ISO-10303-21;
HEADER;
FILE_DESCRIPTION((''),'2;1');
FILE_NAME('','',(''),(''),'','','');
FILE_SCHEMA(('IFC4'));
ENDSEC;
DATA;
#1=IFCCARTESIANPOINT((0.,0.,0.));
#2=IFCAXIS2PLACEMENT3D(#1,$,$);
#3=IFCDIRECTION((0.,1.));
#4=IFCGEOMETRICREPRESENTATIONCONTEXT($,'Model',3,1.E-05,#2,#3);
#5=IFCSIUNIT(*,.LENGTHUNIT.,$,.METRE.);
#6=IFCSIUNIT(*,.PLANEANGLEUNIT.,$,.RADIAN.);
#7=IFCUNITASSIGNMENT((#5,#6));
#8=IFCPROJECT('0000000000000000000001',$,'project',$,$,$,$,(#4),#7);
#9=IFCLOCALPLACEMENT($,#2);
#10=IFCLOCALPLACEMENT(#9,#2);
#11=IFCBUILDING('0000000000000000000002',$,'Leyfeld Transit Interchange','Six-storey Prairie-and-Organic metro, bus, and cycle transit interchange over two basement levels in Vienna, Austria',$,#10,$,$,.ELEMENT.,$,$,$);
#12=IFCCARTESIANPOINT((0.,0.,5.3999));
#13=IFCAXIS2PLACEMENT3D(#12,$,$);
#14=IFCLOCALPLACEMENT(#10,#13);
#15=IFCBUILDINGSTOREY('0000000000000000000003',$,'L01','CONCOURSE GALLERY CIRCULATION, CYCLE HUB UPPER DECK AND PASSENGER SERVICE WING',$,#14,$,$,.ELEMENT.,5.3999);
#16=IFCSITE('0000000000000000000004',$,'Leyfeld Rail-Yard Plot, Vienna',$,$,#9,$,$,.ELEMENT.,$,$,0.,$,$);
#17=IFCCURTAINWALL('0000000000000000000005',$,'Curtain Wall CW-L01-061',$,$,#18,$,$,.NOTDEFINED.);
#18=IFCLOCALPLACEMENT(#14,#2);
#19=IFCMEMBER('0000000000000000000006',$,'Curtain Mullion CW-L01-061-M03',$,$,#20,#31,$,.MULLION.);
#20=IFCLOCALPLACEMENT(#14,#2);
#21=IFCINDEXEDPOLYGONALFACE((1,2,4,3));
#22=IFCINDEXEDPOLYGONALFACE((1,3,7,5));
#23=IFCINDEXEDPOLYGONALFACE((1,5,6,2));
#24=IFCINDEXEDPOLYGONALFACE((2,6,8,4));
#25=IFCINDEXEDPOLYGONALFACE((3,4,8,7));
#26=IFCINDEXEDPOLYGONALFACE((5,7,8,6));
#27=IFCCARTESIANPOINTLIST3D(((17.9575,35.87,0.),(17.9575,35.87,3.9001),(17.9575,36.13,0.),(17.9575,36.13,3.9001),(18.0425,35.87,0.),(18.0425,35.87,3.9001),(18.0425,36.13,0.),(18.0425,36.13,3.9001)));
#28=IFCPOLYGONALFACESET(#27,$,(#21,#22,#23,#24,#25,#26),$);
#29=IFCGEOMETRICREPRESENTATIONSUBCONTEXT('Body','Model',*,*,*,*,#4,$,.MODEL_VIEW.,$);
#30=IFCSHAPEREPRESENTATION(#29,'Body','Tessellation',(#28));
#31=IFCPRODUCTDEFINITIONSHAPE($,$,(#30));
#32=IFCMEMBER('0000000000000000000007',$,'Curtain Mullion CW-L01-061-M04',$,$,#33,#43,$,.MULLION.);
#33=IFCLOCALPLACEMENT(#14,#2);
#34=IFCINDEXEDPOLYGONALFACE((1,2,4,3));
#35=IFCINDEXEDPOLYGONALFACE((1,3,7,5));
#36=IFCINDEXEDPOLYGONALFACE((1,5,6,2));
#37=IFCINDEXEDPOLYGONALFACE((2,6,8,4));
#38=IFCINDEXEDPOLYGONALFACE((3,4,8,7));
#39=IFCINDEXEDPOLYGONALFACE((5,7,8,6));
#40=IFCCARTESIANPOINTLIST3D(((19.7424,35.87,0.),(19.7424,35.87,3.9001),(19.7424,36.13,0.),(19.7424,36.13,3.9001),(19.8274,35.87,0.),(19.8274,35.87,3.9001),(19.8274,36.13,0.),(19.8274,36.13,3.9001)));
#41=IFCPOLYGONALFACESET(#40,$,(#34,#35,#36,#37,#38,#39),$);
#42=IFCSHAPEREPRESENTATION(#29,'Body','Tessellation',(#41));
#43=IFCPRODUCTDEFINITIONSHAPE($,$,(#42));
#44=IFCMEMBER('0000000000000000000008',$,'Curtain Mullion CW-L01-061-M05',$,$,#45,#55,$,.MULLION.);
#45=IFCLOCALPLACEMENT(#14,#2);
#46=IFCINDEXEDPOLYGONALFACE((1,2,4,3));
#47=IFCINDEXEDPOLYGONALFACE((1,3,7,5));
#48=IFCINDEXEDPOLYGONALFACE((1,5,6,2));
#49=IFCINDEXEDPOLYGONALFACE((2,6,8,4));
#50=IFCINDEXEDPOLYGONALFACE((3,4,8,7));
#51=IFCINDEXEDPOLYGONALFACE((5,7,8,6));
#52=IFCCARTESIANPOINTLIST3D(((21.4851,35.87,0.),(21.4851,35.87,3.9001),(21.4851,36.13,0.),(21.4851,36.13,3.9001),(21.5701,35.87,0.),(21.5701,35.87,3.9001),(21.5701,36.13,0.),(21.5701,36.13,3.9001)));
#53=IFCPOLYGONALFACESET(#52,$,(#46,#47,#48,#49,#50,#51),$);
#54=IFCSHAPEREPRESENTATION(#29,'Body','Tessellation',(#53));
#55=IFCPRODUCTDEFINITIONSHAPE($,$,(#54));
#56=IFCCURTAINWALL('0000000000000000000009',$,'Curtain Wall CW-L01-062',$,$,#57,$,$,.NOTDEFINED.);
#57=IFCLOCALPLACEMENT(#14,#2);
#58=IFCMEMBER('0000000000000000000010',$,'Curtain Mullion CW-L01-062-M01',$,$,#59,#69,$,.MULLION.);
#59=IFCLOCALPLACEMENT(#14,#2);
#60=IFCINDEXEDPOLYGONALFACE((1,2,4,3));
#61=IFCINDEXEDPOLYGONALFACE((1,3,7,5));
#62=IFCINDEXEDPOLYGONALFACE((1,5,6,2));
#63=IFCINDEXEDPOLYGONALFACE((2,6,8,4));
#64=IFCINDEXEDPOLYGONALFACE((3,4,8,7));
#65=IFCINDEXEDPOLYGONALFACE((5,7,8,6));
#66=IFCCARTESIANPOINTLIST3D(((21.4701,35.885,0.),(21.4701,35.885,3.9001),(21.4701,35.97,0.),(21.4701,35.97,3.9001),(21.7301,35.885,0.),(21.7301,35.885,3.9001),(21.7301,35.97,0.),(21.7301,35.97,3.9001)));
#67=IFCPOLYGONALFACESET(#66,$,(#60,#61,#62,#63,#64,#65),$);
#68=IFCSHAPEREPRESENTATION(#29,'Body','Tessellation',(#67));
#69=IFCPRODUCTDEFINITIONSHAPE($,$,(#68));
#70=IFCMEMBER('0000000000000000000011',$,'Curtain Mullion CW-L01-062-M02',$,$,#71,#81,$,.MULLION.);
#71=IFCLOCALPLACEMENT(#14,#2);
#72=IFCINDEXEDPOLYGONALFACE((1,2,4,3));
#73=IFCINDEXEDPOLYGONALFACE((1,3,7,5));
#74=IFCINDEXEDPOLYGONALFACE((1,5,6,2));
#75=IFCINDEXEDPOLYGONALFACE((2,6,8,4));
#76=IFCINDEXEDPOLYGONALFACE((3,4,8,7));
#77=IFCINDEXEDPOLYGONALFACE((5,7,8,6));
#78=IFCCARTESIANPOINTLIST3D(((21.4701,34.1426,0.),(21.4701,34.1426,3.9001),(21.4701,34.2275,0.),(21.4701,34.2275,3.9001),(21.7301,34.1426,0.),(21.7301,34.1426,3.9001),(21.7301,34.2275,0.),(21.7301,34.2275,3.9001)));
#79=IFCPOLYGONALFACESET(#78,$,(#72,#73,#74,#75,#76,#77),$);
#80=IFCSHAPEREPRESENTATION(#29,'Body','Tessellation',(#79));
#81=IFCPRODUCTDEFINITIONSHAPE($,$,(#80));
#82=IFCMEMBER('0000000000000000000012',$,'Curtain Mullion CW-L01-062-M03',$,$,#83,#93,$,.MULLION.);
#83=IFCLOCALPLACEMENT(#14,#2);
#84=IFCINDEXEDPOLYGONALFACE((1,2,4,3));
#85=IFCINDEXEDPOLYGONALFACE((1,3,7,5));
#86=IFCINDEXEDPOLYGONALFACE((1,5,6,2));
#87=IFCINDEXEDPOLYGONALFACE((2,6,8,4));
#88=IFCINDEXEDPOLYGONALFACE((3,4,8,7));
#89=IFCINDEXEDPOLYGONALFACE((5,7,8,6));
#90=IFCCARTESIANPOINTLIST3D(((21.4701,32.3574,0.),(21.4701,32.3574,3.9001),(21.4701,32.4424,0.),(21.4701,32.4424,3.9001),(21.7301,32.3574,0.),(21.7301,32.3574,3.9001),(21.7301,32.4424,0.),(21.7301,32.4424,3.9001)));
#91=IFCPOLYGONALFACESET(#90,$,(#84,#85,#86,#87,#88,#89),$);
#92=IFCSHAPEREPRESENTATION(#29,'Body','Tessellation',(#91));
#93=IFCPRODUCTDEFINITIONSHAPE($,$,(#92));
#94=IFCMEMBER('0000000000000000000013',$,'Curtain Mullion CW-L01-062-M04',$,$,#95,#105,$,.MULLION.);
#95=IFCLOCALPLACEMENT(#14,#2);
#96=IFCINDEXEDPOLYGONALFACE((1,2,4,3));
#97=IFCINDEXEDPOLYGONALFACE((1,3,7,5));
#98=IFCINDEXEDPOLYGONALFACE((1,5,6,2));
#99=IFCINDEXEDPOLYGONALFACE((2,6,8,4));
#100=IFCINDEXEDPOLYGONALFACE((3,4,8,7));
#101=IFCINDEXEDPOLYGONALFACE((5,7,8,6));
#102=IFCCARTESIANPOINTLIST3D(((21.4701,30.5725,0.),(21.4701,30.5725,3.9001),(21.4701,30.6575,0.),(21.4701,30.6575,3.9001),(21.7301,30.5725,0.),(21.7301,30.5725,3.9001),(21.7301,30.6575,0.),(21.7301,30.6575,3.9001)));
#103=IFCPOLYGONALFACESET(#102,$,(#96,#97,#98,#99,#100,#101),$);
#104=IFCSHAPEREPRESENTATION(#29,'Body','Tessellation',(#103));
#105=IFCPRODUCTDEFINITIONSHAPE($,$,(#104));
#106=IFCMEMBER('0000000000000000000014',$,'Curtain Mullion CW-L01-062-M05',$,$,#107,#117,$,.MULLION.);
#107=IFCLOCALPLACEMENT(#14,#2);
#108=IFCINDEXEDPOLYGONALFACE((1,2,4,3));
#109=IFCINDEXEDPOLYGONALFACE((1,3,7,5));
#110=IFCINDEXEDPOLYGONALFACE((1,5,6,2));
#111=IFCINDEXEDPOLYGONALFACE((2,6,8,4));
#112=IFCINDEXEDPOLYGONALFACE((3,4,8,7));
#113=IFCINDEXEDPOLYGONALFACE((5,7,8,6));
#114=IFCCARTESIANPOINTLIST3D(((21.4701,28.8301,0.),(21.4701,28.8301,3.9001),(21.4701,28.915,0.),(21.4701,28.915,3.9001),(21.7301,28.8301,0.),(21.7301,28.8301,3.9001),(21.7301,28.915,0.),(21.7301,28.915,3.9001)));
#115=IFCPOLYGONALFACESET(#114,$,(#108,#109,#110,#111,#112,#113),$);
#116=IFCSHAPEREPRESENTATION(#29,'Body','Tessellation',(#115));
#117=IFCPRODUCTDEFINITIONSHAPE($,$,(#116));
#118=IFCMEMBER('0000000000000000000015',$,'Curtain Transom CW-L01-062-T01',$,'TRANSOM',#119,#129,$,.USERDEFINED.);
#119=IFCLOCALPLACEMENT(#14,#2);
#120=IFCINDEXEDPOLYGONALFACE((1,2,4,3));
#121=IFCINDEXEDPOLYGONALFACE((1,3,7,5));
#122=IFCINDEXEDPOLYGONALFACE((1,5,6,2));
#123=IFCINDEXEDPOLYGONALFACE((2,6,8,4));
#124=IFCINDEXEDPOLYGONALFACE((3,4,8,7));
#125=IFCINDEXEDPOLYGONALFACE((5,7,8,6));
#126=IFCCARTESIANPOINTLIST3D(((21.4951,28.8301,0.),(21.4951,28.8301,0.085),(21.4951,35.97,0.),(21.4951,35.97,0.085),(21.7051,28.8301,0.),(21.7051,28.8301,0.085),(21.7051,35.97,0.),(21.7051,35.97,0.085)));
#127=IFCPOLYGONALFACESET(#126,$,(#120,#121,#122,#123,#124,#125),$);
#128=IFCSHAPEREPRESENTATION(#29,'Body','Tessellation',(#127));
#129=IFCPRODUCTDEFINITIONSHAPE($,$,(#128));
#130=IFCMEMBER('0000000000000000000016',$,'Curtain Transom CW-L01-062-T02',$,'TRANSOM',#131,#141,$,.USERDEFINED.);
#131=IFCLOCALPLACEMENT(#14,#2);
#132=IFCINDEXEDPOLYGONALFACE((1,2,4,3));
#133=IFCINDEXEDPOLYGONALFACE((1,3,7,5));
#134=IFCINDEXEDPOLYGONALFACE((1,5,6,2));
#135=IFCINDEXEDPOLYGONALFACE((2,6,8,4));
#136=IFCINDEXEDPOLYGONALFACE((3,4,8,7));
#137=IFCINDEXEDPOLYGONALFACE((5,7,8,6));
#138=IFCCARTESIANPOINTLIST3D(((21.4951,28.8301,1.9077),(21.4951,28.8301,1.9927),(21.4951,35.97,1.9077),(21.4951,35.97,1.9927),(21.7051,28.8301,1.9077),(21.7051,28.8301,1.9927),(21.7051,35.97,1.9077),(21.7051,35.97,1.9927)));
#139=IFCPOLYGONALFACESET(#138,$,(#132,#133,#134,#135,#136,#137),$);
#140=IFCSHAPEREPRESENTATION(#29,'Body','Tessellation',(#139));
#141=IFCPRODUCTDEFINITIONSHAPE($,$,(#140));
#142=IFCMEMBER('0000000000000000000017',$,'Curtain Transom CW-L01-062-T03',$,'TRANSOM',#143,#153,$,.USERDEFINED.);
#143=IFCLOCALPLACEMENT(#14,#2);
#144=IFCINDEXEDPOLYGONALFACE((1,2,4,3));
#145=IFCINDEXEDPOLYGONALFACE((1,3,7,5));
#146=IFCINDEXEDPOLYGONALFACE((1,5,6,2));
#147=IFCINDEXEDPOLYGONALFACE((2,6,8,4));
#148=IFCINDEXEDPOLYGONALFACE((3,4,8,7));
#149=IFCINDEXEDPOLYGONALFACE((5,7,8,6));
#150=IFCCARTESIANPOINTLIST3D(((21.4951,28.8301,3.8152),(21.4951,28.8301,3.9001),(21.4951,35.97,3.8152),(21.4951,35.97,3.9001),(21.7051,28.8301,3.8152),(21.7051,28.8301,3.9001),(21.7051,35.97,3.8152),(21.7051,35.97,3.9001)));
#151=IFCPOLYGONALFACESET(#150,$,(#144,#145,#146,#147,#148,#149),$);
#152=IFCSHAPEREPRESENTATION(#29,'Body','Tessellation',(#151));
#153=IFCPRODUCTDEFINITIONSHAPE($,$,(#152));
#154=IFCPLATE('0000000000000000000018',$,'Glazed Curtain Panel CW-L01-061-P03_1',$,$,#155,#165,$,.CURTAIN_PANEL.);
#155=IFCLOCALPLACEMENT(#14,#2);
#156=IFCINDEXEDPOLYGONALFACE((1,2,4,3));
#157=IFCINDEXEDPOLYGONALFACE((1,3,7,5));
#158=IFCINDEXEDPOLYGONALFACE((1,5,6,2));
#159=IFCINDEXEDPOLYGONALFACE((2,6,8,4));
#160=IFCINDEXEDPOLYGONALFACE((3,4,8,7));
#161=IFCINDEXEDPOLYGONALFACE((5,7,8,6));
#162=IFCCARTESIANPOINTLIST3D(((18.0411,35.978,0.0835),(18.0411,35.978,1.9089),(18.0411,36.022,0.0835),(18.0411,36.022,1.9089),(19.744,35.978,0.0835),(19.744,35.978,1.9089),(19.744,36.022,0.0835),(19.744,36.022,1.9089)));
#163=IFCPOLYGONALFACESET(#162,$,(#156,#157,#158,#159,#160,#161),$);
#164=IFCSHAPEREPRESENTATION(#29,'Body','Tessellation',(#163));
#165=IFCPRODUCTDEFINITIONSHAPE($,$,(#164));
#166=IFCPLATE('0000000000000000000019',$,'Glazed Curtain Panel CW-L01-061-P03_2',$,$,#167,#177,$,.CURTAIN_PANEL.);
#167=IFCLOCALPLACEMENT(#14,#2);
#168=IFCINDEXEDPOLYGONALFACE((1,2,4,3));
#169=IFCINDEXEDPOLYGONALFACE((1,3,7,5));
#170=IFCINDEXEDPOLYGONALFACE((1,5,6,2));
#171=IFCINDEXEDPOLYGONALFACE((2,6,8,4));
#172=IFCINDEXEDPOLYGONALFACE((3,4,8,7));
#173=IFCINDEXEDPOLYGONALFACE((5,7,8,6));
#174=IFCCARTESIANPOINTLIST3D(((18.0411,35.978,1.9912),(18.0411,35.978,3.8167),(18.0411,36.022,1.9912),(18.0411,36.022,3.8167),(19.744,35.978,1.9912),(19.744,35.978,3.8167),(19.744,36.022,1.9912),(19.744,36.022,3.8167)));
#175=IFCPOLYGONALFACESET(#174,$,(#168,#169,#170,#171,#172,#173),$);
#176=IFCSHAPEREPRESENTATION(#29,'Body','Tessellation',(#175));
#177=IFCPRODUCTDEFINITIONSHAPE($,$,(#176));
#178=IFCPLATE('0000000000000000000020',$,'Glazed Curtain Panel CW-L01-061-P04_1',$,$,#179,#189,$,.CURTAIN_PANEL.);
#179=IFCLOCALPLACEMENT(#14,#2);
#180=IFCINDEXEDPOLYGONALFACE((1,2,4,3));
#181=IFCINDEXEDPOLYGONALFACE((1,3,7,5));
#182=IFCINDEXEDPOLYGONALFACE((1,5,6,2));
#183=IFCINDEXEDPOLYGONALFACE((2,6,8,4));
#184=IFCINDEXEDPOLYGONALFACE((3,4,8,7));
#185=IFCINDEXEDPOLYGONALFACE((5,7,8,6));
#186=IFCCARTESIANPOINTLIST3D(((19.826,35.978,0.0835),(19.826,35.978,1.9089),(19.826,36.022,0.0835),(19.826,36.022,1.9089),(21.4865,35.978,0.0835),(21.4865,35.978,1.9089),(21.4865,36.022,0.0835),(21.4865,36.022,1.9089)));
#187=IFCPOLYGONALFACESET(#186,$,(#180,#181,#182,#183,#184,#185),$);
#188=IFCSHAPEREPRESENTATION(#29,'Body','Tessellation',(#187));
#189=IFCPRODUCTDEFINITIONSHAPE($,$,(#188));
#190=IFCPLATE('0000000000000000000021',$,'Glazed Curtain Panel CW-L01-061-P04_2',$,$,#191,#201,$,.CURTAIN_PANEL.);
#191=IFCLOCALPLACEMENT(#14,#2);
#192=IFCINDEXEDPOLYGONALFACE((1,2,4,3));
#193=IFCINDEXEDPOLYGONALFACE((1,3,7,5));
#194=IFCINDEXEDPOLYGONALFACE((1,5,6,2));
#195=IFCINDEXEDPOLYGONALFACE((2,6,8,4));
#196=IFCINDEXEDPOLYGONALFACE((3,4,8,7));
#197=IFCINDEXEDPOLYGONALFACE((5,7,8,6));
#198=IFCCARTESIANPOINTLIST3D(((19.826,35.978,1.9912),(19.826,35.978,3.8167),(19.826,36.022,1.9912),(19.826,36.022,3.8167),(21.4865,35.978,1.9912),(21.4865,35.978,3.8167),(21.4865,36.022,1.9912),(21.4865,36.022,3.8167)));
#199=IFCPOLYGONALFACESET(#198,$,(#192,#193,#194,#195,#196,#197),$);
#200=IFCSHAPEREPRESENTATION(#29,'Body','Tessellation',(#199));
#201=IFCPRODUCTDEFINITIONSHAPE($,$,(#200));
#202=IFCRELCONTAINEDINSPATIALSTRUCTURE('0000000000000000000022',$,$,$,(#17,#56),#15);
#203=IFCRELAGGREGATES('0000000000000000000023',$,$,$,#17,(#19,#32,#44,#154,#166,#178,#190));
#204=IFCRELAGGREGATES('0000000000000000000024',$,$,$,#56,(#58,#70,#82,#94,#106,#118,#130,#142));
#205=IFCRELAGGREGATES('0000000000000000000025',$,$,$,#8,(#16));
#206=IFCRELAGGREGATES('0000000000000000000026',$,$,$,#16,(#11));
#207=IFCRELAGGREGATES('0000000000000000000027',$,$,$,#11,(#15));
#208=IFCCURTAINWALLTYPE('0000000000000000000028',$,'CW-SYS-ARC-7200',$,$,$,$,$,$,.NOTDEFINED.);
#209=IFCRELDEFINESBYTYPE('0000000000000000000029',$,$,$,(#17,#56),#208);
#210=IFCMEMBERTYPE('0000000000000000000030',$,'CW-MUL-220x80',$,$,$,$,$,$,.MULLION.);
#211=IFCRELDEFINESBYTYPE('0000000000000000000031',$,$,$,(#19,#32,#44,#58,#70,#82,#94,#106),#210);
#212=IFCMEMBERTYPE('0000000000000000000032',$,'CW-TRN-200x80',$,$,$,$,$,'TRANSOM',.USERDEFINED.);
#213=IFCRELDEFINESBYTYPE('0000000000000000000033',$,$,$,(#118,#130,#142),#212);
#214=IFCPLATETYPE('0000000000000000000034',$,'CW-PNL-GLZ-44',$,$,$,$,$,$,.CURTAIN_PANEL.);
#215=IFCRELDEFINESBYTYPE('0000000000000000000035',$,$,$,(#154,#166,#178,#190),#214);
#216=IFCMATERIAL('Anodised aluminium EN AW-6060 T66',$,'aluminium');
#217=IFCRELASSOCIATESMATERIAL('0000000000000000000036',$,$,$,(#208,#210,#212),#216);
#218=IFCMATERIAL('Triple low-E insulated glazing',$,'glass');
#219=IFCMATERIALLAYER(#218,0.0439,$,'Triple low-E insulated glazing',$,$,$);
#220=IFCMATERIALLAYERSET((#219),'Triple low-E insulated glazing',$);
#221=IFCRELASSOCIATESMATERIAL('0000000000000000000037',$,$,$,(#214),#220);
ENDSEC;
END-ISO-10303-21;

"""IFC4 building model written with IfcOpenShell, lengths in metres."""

from ifc_helpers import new_model, si_unit, direction, frame, origin, origin_2d, place, context, subcontext, project, spatial, rectangle, extrude, material, layer, layer_set, material_profile, profile_set, type_object, element, aggregate, save


model = new_model("IFC4")

# Units and contexts
model_context = context("Model", 3, precision=1e-05, world=origin(), true_north=direction((0.0, 1.0)))
body_context = subcontext(model_context, "Body", "Model", "MODEL_VIEW")
ifc_project = project(units=[si_unit("LENGTHUNIT", "METRE"), si_unit("PLANEANGLEUNIT", "RADIAN")], contexts=[model_context])

# Site, building, storey
site_placement = place(None, origin())
site = spatial("IfcSite", under=ifc_project, at=site_placement, Name="Leyfeld Rail-Yard Plot, Vienna", CompositionType="ELEMENT", RefElevation=0.0)
building_placement = place(site_placement, origin())
building = spatial("IfcBuilding", under=site, at=building_placement, Name="Leyfeld Transit Interchange", Description="Six-storey Prairie-and-Organic metro, bus, and cycle transit interchange over two basement levels in Vienna, Austria", CompositionType="ELEMENT")
storey_placement = place(building_placement, frame((0.0, 0.0, 5.3999)))
storey = spatial("IfcBuildingStorey", under=building, at=storey_placement, Name="L01", Description="CONCOURSE GALLERY CIRCULATION, CYCLE HUB UPPER DECK AND PASSENGER SERVICE WING", CompositionType="ELEMENT", Elevation=5.3999)

# Curtain walls, members
ifc_material_1 = material(Name="Anodised aluminium EN AW-6060 T66", Category="aluminium")
curtain_wall_type = type_object("IfcCurtainWallType", Name="CW-SYS-ARC-7200", PredefinedType="NOTDEFINED", material=ifc_material_1)
curtain_wall_1_placement = place(storey_placement, origin())
curtain_wall_1 = element("IfcCurtainWall", 1, at=curtain_wall_1_placement, inside=storey, type_object=curtain_wall_type, Name="Curtain Wall CW-L01-061", PredefinedType="NOTDEFINED")
ifc_material_profile_1 = material_profile(ifc_material_1, rectangle(XDim=0.085, YDim=0.26, at=origin_2d()), Name="CW-M 85x260")
ifc_profile_set_1 = profile_set([ifc_material_profile_1], Name="Anodised aluminium EN AW-6060 T66")
member_type_1 = type_object("IfcMemberType", Name="CW-MUL-220x80", PredefinedType="MULLION", material=ifc_profile_set_1)
member_1_placement = place(storey_placement, frame((18.0, 36.0, 0.0), z_axis=(0.0, 0.0, 1.0), x_axis=(1.0, 0.0, 0.0)))
member_1 = element("IfcMember", 2, at=member_1_placement, type_object=member_type_1, Name="Curtain Mullion CW-L01-061-M03", PredefinedType="MULLION", context=body_context, shape_type="SweptSolid", body=[
    extrude(rectangle(XDim=0.085, YDim=0.26, at=origin_2d()), origin(), (0.0, 0.0, 1.0), 3.9001),
])
member_2_placement = place(storey_placement, frame((19.7849, 36.0, 0.0), z_axis=(0.0, 0.0, 1.0), x_axis=(1.0, 0.0, 0.0)))
member_2 = element("IfcMember", 3, at=member_2_placement, type_object=member_type_1, Name="Curtain Mullion CW-L01-061-M04", PredefinedType="MULLION", context=body_context, shape_type="SweptSolid", body=[
    extrude(rectangle(XDim=0.085, YDim=0.26, at=origin_2d()), origin(), (0.0, 0.0, 1.0), 3.9001),
])
member_3_placement = place(storey_placement, frame((21.5276, 36.0, 0.0), z_axis=(0.0, 0.0, 1.0), x_axis=(1.0, 0.0, 0.0)))
member_3 = element("IfcMember", 4, at=member_3_placement, type_object=member_type_1, Name="Curtain Mullion CW-L01-061-M05", PredefinedType="MULLION", context=body_context, shape_type="SweptSolid", body=[
    extrude(rectangle(XDim=0.085, YDim=0.26, at=origin_2d()), origin(), (0.0, 0.0, 1.0), 3.9001),
])
curtain_wall_2_placement = place(storey_placement, origin())
curtain_wall_2 = element("IfcCurtainWall", 5, at=curtain_wall_2_placement, inside=storey, type_object=curtain_wall_type, Name="Curtain Wall CW-L01-062", PredefinedType="NOTDEFINED")
member_4_placement = place(storey_placement, frame((21.6001, 35.9275, 0.0), z_axis=(0.0, 0.0, 1.0), x_axis=(0.0, -1.0, 0.0)))
member_4 = element("IfcMember", 6, at=member_4_placement, type_object=member_type_1, Name="Curtain Mullion CW-L01-062-M01", PredefinedType="MULLION", context=body_context, shape_type="SweptSolid", body=[
    extrude(rectangle(XDim=0.085, YDim=0.26, at=origin_2d()), origin(), (0.0, 0.0, 1.0), 3.9001),
])
member_5_placement = place(storey_placement, frame((21.6001, 34.1851, 0.0), z_axis=(0.0, 0.0, 1.0), x_axis=(0.0, -1.0, 0.0)))
member_5 = element("IfcMember", 7, at=member_5_placement, type_object=member_type_1, Name="Curtain Mullion CW-L01-062-M02", PredefinedType="MULLION", context=body_context, shape_type="SweptSolid", body=[
    extrude(rectangle(XDim=0.085, YDim=0.26, at=origin_2d()), origin(), (0.0, 0.0, 1.0), 3.9001),
])
member_6_placement = place(storey_placement, frame((21.6001, 32.3999, 0.0), z_axis=(0.0, 0.0, 1.0), x_axis=(0.0, -1.0, 0.0)))
member_6 = element("IfcMember", 8, at=member_6_placement, type_object=member_type_1, Name="Curtain Mullion CW-L01-062-M03", PredefinedType="MULLION", context=body_context, shape_type="SweptSolid", body=[
    extrude(rectangle(XDim=0.085, YDim=0.26, at=origin_2d()), origin(), (0.0, 0.0, 1.0), 3.9001),
])
member_7_placement = place(storey_placement, frame((21.6001, 30.615, 0.0), z_axis=(0.0, 0.0, 1.0), x_axis=(0.0, -1.0, 0.0)))
member_7 = element("IfcMember", 9, at=member_7_placement, type_object=member_type_1, Name="Curtain Mullion CW-L01-062-M04", PredefinedType="MULLION", context=body_context, shape_type="SweptSolid", body=[
    extrude(rectangle(XDim=0.085, YDim=0.26, at=origin_2d()), origin(), (0.0, 0.0, 1.0), 3.9001),
])
member_8_placement = place(storey_placement, frame((21.6001, 28.8726, 0.0), z_axis=(0.0, 0.0, 1.0), x_axis=(0.0, -1.0, 0.0)))
member_8 = element("IfcMember", 10, at=member_8_placement, type_object=member_type_1, Name="Curtain Mullion CW-L01-062-M05", PredefinedType="MULLION", context=body_context, shape_type="SweptSolid", body=[
    extrude(rectangle(XDim=0.085, YDim=0.26, at=origin_2d()), origin(), (0.0, 0.0, 1.0), 3.9001),
])
ifc_material_profile_2 = material_profile(ifc_material_1, rectangle(XDim=0.21, YDim=0.085, at=origin_2d()), Name="CW-TRN-200x80")
ifc_profile_set_2 = profile_set([ifc_material_profile_2], Name="Anodised aluminium EN AW-6060 T66")
member_type_2 = type_object("IfcMemberType", Name="CW-TRN-200x80", ElementType="TRANSOM", PredefinedType="USERDEFINED", material=ifc_profile_set_2)
member_9_placement = place(storey_placement, frame((21.6001, 35.97, 0.0425), z_axis=(0.0, -1.0, 0.0), x_axis=(1.0, 0.0, 0.0)))
member_9 = element("IfcMember", 11, at=member_9_placement, type_object=member_type_2, Name="Curtain Transom CW-L01-062-T01", ObjectType="TRANSOM", PredefinedType="USERDEFINED", context=body_context, shape_type="SweptSolid", body=[
    extrude(rectangle(XDim=0.21, YDim=0.085, at=origin_2d()), origin(), (0.0, 0.0, 1.0), 7.1399),
])
member_10_placement = place(storey_placement, frame((21.6001, 35.97, 1.9502), z_axis=(0.0, -1.0, 0.0), x_axis=(1.0, 0.0, 0.0)))
member_10 = element("IfcMember", 12, at=member_10_placement, type_object=member_type_2, Name="Curtain Transom CW-L01-062-T02", ObjectType="TRANSOM", PredefinedType="USERDEFINED", context=body_context, shape_type="SweptSolid", body=[
    extrude(rectangle(XDim=0.21, YDim=0.085, at=origin_2d()), origin(), (0.0, 0.0, 1.0), 7.1399),
])
member_11_placement = place(storey_placement, frame((21.6001, 35.97, 3.8577), z_axis=(0.0, -1.0, 0.0), x_axis=(1.0, 0.0, 0.0)))
member_11 = element("IfcMember", 13, at=member_11_placement, type_object=member_type_2, Name="Curtain Transom CW-L01-062-T03", ObjectType="TRANSOM", PredefinedType="USERDEFINED", context=body_context, shape_type="SweptSolid", body=[
    extrude(rectangle(XDim=0.21, YDim=0.085, at=origin_2d()), origin(), (0.0, 0.0, 1.0), 7.1399),
])

# Plates
ifc_material_2 = material(Name="Triple low-E insulated glazing", Category="glass")
ifc_layer = layer(ifc_material_2, 0.0439, Name="Triple low-E insulated glazing")
ifc_layer_set = layer_set([ifc_layer], Name="Triple low-E insulated glazing")
plate_type = type_object("IfcPlateType", Name="CW-PNL-GLZ-44", PredefinedType="CURTAIN_PANEL", material=ifc_layer_set)
plate_1_placement = place(storey_placement, frame((18.8926, 36.0, 0.0835), z_axis=(0.0, 0.0, 1.0), x_axis=(1.0, 0.0, 0.0)))
plate_1 = element("IfcPlate", 14, at=plate_1_placement, type_object=plate_type, Name="Glazed Curtain Panel CW-L01-061-P03_1", PredefinedType="CURTAIN_PANEL", context=body_context, shape_type="SweptSolid", body=[
    extrude(rectangle(XDim=1.7029, YDim=0.0439, at=origin_2d()), origin(), (0.0, 0.0, 1.0), 1.8254),
])
plate_2_placement = place(storey_placement, frame((18.8926, 36.0, 1.9912), z_axis=(0.0, 0.0, 1.0), x_axis=(1.0, 0.0, 0.0)))
plate_2 = element("IfcPlate", 15, at=plate_2_placement, type_object=plate_type, Name="Glazed Curtain Panel CW-L01-061-P03_2", PredefinedType="CURTAIN_PANEL", context=body_context, shape_type="SweptSolid", body=[
    extrude(rectangle(XDim=1.7029, YDim=0.0439, at=origin_2d()), origin(), (0.0, 0.0, 1.0), 1.8254),
])
plate_3_placement = place(storey_placement, frame((20.6562, 36.0, 0.0835), z_axis=(0.0, 0.0, 1.0), x_axis=(1.0, 0.0, 0.0)))
plate_3 = element("IfcPlate", 16, at=plate_3_placement, type_object=plate_type, Name="Glazed Curtain Panel CW-L01-061-P04_1", PredefinedType="CURTAIN_PANEL", context=body_context, shape_type="SweptSolid", body=[
    extrude(rectangle(XDim=1.6604, YDim=0.0439, at=origin_2d()), origin(), (0.0, 0.0, 1.0), 1.8254),
])
plate_4_placement = place(storey_placement, frame((20.6562, 36.0, 1.9912), z_axis=(0.0, 0.0, 1.0), x_axis=(1.0, 0.0, 0.0)))
plate_4 = element("IfcPlate", 17, at=plate_4_placement, type_object=plate_type, Name="Glazed Curtain Panel CW-L01-061-P04_2", PredefinedType="CURTAIN_PANEL", context=body_context, shape_type="SweptSolid", body=[
    extrude(rectangle(XDim=1.6604, YDim=0.0439, at=origin_2d()), origin(), (0.0, 0.0, 1.0), 1.8254),
])
aggregate(curtain_wall_1, [member_1, member_2, member_3, plate_1, plate_2, plate_3, plate_4])
aggregate(curtain_wall_2, [member_4, member_5, member_6, member_7, member_8, member_9, member_10, member_11])

save(model, "model.ifc")
